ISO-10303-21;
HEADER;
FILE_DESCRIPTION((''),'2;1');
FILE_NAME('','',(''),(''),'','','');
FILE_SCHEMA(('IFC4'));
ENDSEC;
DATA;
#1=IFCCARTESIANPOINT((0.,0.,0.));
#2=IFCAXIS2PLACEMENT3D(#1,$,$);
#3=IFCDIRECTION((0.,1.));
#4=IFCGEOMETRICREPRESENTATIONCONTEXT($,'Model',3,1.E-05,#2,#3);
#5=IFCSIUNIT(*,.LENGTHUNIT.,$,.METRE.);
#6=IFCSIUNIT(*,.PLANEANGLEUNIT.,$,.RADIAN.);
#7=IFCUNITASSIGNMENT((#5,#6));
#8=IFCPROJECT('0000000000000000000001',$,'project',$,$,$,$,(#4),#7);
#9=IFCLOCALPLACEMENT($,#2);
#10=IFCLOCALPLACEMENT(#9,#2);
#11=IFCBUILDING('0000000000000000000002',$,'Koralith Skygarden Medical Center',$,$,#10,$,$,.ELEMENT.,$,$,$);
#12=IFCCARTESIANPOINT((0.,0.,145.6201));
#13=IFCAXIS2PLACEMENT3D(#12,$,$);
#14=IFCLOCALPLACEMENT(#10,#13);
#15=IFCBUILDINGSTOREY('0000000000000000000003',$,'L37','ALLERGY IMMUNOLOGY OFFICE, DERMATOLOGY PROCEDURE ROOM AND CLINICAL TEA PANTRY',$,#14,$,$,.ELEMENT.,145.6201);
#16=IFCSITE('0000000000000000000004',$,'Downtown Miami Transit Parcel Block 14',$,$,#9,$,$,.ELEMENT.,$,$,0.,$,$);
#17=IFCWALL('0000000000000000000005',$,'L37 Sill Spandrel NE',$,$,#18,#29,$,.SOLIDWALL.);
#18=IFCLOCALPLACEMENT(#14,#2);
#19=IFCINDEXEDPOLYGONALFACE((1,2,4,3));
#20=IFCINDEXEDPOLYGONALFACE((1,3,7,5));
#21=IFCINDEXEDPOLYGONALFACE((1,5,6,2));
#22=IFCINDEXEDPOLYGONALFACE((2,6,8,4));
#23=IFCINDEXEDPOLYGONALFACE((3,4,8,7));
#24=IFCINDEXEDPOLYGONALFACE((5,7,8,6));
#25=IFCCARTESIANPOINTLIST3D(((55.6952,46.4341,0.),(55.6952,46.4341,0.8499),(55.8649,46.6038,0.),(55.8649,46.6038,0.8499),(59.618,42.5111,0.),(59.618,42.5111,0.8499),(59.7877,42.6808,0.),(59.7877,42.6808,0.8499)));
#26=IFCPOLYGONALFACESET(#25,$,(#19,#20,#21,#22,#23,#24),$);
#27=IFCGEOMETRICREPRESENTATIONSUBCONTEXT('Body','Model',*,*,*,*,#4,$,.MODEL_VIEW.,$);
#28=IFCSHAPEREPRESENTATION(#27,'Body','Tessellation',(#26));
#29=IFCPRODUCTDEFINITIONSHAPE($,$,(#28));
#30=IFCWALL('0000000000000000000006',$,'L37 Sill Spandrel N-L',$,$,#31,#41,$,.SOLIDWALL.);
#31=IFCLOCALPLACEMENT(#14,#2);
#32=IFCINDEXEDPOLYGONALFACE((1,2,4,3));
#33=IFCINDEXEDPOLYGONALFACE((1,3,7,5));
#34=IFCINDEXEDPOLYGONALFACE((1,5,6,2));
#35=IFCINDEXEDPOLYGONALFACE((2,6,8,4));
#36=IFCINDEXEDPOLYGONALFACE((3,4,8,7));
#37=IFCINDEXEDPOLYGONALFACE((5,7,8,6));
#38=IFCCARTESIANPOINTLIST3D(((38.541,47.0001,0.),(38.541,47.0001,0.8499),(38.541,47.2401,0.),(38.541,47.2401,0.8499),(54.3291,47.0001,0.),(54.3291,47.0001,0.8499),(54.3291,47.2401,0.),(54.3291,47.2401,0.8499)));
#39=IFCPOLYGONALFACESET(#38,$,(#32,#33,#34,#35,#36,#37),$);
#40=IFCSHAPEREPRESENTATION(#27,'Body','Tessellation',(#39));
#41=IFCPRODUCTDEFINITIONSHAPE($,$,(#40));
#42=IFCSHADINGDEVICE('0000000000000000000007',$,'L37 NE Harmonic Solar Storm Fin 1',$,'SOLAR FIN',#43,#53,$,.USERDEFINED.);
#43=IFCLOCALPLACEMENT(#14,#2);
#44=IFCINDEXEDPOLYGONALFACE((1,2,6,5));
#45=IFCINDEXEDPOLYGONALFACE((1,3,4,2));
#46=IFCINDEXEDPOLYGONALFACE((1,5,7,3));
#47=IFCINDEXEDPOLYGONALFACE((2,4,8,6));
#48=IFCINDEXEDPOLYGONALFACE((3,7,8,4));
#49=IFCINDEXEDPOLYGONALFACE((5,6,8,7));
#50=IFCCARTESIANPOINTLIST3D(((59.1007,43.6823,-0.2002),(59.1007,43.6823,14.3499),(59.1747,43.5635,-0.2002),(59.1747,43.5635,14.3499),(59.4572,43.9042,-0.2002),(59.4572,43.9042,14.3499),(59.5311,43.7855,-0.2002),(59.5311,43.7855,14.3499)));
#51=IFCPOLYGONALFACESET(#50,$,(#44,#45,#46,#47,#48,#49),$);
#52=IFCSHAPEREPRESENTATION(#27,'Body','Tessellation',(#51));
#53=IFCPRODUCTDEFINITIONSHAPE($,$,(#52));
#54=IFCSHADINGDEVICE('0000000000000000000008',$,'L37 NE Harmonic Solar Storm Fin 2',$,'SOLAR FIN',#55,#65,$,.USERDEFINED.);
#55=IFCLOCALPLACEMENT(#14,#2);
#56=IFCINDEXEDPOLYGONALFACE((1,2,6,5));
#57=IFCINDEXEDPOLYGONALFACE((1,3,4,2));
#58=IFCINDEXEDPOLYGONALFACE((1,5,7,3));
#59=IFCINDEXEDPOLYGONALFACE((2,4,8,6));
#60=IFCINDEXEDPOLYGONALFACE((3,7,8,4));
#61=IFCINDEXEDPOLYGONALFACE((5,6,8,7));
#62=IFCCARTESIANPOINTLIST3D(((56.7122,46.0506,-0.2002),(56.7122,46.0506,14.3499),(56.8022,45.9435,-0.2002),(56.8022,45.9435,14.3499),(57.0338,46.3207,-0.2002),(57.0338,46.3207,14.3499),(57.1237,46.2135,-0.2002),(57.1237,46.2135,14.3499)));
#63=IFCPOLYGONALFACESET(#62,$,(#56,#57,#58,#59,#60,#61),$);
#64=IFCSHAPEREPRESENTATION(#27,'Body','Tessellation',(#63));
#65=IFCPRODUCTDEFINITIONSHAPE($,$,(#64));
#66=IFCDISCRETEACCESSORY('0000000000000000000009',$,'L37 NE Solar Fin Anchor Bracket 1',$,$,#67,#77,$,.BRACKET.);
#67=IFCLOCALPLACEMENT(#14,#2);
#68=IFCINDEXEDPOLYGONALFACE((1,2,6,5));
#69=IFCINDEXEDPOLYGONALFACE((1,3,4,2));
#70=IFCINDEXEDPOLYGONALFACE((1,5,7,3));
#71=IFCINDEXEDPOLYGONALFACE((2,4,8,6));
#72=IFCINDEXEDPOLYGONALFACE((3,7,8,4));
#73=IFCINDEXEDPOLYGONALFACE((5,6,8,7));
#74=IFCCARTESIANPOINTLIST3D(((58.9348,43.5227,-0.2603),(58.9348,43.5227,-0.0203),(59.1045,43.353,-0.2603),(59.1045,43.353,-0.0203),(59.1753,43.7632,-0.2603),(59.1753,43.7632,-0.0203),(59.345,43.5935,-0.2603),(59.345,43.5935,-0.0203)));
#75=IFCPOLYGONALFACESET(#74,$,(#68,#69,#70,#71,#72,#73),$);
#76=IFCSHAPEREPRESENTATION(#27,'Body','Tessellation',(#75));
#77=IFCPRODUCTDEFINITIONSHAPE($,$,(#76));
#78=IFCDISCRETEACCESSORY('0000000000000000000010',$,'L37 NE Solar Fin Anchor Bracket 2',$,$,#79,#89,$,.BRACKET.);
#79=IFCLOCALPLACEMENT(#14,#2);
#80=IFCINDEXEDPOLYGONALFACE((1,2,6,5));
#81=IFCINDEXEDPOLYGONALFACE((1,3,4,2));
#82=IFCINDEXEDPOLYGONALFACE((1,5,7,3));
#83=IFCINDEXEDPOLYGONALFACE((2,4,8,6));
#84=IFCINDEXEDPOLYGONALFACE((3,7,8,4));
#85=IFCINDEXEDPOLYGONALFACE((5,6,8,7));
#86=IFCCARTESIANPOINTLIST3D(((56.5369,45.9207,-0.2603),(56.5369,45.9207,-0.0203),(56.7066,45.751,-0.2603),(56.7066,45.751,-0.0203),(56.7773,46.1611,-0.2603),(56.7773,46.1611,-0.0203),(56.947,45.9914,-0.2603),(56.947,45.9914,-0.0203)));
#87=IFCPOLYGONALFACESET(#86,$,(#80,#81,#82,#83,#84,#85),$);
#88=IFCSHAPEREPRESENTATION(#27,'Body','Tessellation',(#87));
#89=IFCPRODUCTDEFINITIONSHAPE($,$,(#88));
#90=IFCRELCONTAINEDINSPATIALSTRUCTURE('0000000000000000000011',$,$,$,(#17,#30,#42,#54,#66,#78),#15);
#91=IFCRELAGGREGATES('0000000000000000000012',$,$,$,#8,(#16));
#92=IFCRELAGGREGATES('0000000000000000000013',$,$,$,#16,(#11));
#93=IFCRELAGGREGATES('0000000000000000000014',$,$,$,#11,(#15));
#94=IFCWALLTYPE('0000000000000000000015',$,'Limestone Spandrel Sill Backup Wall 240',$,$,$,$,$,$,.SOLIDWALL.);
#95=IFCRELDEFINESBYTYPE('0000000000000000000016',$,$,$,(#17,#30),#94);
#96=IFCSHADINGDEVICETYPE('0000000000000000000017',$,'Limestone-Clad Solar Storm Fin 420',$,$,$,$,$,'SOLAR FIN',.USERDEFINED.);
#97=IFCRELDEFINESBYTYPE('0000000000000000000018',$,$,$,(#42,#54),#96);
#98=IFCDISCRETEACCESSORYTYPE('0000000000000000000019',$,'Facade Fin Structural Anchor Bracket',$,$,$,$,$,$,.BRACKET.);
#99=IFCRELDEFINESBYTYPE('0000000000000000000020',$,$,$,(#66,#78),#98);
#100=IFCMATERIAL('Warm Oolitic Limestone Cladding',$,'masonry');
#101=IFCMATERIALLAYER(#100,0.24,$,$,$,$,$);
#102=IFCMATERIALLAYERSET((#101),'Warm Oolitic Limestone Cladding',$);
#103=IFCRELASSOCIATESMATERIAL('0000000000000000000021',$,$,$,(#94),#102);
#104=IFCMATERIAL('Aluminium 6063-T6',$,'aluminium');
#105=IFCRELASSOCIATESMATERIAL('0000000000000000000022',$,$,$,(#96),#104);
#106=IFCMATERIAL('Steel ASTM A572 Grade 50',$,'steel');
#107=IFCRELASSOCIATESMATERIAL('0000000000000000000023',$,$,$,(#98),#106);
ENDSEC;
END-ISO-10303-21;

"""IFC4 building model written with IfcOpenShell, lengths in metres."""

from ifc_helpers import new_model, si_unit, direction, frame, frame_2d, origin, origin_2d, place, context, subcontext, project, spatial, rectangle, extrude, material, layer, layer_set, type_object, element, save


model = new_model("IFC4")

# Units and contexts
model_context = context("Model", 3, precision=1e-05, world=origin(), true_north=direction((0.0, 1.0)))
body_context = subcontext(model_context, "Body", "Model", "MODEL_VIEW")
ifc_project = project(units=[si_unit("LENGTHUNIT", "METRE"), si_unit("PLANEANGLEUNIT", "RADIAN")], contexts=[model_context])

# Site, building, storey
site_placement = place(None, origin())
site = spatial("IfcSite", under=ifc_project, at=site_placement, Name="Downtown Miami Transit Parcel Block 14", CompositionType="ELEMENT", RefElevation=0.0)
building_placement = place(site_placement, origin())
building = spatial("IfcBuilding", under=site, at=building_placement, Name="Koralith Skygarden Medical Center", CompositionType="ELEMENT")
storey_placement = place(building_placement, frame((0.0, 0.0, 145.6201)))
storey = spatial("IfcBuildingStorey", under=building, at=storey_placement, Name="L37", Description="ALLERGY IMMUNOLOGY OFFICE, DERMATOLOGY PROCEDURE ROOM AND CLINICAL TEA PANTRY", CompositionType="ELEMENT", Elevation=145.6201)

# Shared definitions
ifc_material_1 = material(Name="Aluminium 6063-T6", Category="aluminium")

# Shared definitions
ifc_material_2 = material(Name="Warm Oolitic Limestone Cladding", Category="masonry")

# Walls
ifc_layer_1 = layer(ifc_material_2, 0.24)
ifc_layer_set_1 = layer_set([ifc_layer_1], Name="Warm Oolitic Limestone Cladding")
wall_type = type_object("IfcWallType", Name="Limestone Spandrel Sill Backup Wall 240", PredefinedType="SOLIDWALL", material=ifc_layer_set_1)
wall_1_placement = place(storey_placement, frame((59.7029, 42.5959, 0.0), z_axis=(0.0, 0.0, 1.0), x_axis=(-0.707085, 0.707129, 0.0)))
element("IfcWall", 1, at=wall_1_placement, inside=storey, type_object=wall_type, Name="L37 Sill Spandrel NE", PredefinedType="SOLIDWALL", context=body_context, shape_type="SweptSolid", body=[
    extrude(rectangle(XDim=5.5479, YDim=0.24, at=frame_2d((2.7739, 0.0))), origin(), (0.0, 0.0, 1.0), 0.8499),
])
wall_2_placement = place(storey_placement, frame((54.3291, 47.1201, 0.0), z_axis=(0.0, 0.0, 1.0), x_axis=(-1.0, 0.0, 0.0)))
element("IfcWall", 2, at=wall_2_placement, inside=storey, type_object=wall_type, Name="L37 Sill Spandrel N-L", PredefinedType="SOLIDWALL", context=body_context, shape_type="SweptSolid", body=[
    extrude(rectangle(XDim=15.7881, YDim=0.24, at=frame_2d((7.894, 0.0))), origin(), (0.0, 0.0, 1.0), 0.8499),
])

# Shading devices
shading_device_type = type_object("IfcShadingDeviceType", Name="Limestone-Clad Solar Storm Fin 420", ElementType="SOLAR FIN", PredefinedType="USERDEFINED", material=ifc_material_1)
for number, where, z_axis, x_axis, name in (
    (3, (59.3159, 43.7339, -0.2002), (0.0, 0.0, 1.0), (0.84887, 0.528601, 0.0), "L37 NE Harmonic Solar Storm Fin 1"),
    (4, (56.918, 46.1321, -0.2002), (0.0, 0.0, 1.0), (0.765786, 0.643095, 0.0), "L37 NE Harmonic Solar Storm Fin 2"),
):
    element("IfcShadingDevice", number, at=place(storey_placement, frame(where, z_axis=z_axis, x_axis=x_axis)), inside=storey, type_object=shading_device_type, Name=name, ObjectType="SOLAR FIN", PredefinedType="USERDEFINED", context=body_context, shape_type="SweptSolid", body=[
        extrude(rectangle(XDim=0.4199, YDim=0.1399, at=origin_2d()), origin(), (0.0, 0.0, 1.0), 14.55),
    ])

# Discrete accessories
ifc_material_3 = material(Name="Steel ASTM A572 Grade 50", Category="steel")
discrete_accessory_type = type_object("IfcDiscreteAccessoryType", Name="Facade Fin Structural Anchor Bracket", PredefinedType="BRACKET", material=ifc_material_3)
for number, where, z_axis, x_axis, name in (
    (5, (59.1399, 43.5581, -0.2603), (0.0, 0.0, 1.0), (0.707107, 0.707107, 0.0), "L37 NE Solar Fin Anchor Bracket 1"),
    (6, (56.7419, 45.9561, -0.2603), (0.0, 0.0, 1.0), (0.707107, 0.707107, 0.0), "L37 NE Solar Fin Anchor Bracket 2"),
):
    element("IfcDiscreteAccessory", number, at=place(storey_placement, frame(where, z_axis=z_axis, x_axis=x_axis)), inside=storey, type_object=discrete_accessory_type, Name=name, PredefinedType="BRACKET", context=body_context, shape_type="SweptSolid", body=[
        extrude(rectangle(XDim=0.3401, YDim=0.24, at=origin_2d()), origin(), (0.0, 0.0, 1.0), 0.24),
    ])

save(model, "model.ifc")
